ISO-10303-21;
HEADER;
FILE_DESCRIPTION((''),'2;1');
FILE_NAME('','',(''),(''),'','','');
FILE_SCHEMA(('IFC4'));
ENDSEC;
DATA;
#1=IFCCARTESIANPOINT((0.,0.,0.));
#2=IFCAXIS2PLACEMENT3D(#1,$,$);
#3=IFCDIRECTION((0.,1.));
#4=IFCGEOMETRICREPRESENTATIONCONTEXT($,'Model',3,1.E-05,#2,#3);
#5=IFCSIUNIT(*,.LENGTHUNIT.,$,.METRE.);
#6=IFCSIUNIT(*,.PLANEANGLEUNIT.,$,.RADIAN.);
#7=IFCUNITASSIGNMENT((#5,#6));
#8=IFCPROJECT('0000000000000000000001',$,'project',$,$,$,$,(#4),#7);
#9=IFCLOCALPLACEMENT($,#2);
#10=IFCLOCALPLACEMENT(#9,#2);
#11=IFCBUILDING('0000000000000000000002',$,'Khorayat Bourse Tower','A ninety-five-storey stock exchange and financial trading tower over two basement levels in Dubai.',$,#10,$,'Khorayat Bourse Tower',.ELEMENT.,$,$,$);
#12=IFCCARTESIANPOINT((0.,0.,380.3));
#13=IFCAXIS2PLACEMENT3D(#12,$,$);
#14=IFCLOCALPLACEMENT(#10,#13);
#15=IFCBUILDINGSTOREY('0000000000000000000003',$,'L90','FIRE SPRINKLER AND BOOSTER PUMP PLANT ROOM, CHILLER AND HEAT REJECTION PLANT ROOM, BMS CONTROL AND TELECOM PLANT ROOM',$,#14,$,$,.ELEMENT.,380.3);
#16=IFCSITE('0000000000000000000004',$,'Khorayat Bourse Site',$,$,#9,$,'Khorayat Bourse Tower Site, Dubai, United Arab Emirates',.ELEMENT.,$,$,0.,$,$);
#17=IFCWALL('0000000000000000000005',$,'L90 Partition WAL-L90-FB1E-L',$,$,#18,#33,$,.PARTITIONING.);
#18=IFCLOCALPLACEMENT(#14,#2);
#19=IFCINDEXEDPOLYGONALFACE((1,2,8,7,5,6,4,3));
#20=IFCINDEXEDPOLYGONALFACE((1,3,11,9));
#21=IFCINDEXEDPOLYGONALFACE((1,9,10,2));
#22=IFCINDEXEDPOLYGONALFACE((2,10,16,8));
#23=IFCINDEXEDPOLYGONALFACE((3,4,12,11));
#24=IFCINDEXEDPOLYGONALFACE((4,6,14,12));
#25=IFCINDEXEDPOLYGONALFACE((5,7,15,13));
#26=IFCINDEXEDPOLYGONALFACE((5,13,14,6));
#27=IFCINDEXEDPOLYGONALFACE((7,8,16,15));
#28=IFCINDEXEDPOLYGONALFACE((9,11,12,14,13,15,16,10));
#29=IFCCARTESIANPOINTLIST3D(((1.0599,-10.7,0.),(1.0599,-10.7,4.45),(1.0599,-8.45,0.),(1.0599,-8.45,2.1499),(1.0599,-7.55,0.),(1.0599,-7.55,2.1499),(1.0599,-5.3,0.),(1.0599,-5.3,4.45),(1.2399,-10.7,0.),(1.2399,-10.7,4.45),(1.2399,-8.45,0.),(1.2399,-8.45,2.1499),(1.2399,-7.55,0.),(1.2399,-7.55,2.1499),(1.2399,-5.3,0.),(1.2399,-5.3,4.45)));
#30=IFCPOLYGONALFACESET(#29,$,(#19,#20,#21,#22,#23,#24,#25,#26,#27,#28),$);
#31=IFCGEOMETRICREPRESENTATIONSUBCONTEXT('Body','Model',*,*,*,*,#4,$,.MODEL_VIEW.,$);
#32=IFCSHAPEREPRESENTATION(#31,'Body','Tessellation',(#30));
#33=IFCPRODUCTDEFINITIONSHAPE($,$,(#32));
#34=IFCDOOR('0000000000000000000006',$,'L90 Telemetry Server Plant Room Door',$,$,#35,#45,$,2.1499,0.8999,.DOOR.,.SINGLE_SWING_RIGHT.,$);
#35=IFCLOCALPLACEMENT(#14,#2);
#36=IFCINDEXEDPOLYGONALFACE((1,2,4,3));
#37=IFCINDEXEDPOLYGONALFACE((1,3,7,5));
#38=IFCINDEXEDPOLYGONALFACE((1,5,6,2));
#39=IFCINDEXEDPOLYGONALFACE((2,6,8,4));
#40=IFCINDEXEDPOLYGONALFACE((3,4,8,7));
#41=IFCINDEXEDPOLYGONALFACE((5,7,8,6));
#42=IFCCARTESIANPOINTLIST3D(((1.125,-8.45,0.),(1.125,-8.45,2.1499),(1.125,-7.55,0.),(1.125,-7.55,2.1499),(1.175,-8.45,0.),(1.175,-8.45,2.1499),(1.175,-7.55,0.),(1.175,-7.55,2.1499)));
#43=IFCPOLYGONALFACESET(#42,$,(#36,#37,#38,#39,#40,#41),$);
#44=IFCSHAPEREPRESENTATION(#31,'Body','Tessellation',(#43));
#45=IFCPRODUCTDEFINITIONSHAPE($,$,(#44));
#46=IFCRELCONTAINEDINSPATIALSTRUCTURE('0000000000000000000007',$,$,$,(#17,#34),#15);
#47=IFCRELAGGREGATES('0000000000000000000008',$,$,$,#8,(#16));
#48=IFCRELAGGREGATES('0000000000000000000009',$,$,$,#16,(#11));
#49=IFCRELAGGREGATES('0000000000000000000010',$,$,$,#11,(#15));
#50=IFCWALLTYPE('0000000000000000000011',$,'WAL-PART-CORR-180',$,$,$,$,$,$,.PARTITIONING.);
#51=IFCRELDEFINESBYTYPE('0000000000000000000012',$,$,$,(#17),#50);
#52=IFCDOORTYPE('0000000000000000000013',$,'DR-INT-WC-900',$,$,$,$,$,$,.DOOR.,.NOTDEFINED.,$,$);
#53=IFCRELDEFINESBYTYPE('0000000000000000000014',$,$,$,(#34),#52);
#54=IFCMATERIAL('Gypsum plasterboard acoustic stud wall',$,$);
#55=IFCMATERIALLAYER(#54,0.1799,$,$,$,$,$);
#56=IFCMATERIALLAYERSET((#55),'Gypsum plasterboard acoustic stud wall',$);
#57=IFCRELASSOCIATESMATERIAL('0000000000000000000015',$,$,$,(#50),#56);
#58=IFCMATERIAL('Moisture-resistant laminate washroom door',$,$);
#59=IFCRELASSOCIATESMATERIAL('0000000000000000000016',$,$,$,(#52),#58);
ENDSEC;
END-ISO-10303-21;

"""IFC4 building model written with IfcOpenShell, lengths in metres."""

from ifc_helpers import new_model, si_unit, direction, frame, frame_2d, origin, place, context, subcontext, project, spatial, rectangle, extrude, source, transform, mapped, material, layer, layer_set, type_object, element, fill, save


model = new_model("IFC4")

# Units and contexts
model_context = context("Model", 3, precision=1e-05, world=origin(), true_north=direction((0.0, 1.0)))
body_context = subcontext(model_context, "Body", "Model", "MODEL_VIEW")
ifc_project = project(units=[si_unit("LENGTHUNIT", "METRE"), si_unit("PLANEANGLEUNIT", "RADIAN")], contexts=[model_context])

# Site, building, storey
site_placement = place(None, origin())
site = spatial("IfcSite", under=ifc_project, at=site_placement, Name="Khorayat Bourse Site", LongName="Khorayat Bourse Tower Site, Dubai, United Arab Emirates", CompositionType="ELEMENT", RefElevation=0.0)
building_placement = place(site_placement, origin())
building = spatial("IfcBuilding", under=site, at=building_placement, Name="Khorayat Bourse Tower", Description="A ninety-five-storey stock exchange and financial trading tower over two basement levels in Dubai.", LongName="Khorayat Bourse Tower", CompositionType="ELEMENT")
storey_placement = place(building_placement, frame((0.0, 0.0, 380.3)))
storey = spatial("IfcBuildingStorey", under=building, at=storey_placement, Name="L90", Description="FIRE SPRINKLER AND BOOSTER PUMP PLANT ROOM, CHILLER AND HEAT REJECTION PLANT ROOM, BMS CONTROL AND TELECOM PLANT ROOM", CompositionType="ELEMENT", Elevation=380.3)

# Wall, opening, door
ifc_material_1 = material(Name="Gypsum plasterboard acoustic stud wall")
ifc_layer_1 = layer(ifc_material_1, 0.1799)
ifc_layer_set_1 = layer_set([ifc_layer_1], Name="Gypsum plasterboard acoustic stud wall")
wall_type_1 = type_object("IfcWallType", Name="WAL-PART-CORR-180", PredefinedType="PARTITIONING", material=ifc_layer_set_1)
shared_shape_1 = source(origin(), body_context, "Body", "SweptSolid", [
    extrude(rectangle(XDim=5.3999, YDim=0.1799, at=frame_2d((2.7, 0.0))), origin(), (0.0, 0.0, 1.0), 4.45),
])
wall_1_placement = place(storey_placement, frame((1.1499, -10.7, 0.0), z_axis=(0.0, 0.0, 1.0), x_axis=(0.0, 1.0, 0.0)))
wall_1 = element("IfcWall", 1, at=wall_1_placement, inside=storey, type_object=wall_type_1, Name="L90 Partition WAL-L90-FB1E-L", PredefinedType="PARTITIONING", context=body_context, shape_type="MappedRepresentation", body=[
    mapped(shared_shape_1, transform((0.0, 0.0, 0.0), scale=1.0)),
])
shared_shape_2 = source(origin(), body_context, "Body", "SweptSolid", [
    extrude(rectangle(XDim=0.8999, YDim=2.1499, at=frame_2d((0.45, 1.075))), frame((0.0, 0.0999, 0.0), z_axis=(0.0, -1.0, 0.0), x_axis=(1.0, 0.0, 0.0)), (0.0, 0.0, 1.0), 0.2),
])
opening_placement = place(wall_1_placement, frame((2.25, 0.0, 0.0)))
opening = element("IfcOpeningElement", 2, at=opening_placement, cuts=wall_1, PredefinedType="OPENING", context=body_context, shape_type="MappedRepresentation", body=[
    mapped(shared_shape_2, transform((0.0, 0.0, 0.0), scale=1.0)),
])
ifc_material_2 = material(Name="Moisture-resistant laminate washroom door")
door_type = type_object("IfcDoorType", Name="DR-INT-WC-900", OperationType="NOTDEFINED", PredefinedType="DOOR", material=ifc_material_2)
shared_shape_3 = source(origin(), body_context, "Body", "SweptSolid", [
    extrude(rectangle(XDim=0.8999, YDim=2.1499, at=frame_2d((0.45, 1.075))), frame((0.0, 0.0249, 0.0), z_axis=(0.0, -1.0, 0.0), x_axis=(1.0, 0.0, 0.0)), (0.0, 0.0, 1.0), 0.05),
])
door_placement = place(opening_placement, origin())
door = element("IfcDoor", 3, at=door_placement, inside=storey, type_object=door_type, Name="L90 Telemetry Server Plant Room Door", OperationType="SINGLE_SWING_RIGHT", OverallHeight=2.1499, OverallWidth=0.8999, PredefinedType="DOOR", context=body_context, shape_type="MappedRepresentation", body=[
    mapped(shared_shape_3, transform((0.0, 0.0, 0.0), scale=1.0)),
])
fill(opening, door)

save(model, "model.ifc")
